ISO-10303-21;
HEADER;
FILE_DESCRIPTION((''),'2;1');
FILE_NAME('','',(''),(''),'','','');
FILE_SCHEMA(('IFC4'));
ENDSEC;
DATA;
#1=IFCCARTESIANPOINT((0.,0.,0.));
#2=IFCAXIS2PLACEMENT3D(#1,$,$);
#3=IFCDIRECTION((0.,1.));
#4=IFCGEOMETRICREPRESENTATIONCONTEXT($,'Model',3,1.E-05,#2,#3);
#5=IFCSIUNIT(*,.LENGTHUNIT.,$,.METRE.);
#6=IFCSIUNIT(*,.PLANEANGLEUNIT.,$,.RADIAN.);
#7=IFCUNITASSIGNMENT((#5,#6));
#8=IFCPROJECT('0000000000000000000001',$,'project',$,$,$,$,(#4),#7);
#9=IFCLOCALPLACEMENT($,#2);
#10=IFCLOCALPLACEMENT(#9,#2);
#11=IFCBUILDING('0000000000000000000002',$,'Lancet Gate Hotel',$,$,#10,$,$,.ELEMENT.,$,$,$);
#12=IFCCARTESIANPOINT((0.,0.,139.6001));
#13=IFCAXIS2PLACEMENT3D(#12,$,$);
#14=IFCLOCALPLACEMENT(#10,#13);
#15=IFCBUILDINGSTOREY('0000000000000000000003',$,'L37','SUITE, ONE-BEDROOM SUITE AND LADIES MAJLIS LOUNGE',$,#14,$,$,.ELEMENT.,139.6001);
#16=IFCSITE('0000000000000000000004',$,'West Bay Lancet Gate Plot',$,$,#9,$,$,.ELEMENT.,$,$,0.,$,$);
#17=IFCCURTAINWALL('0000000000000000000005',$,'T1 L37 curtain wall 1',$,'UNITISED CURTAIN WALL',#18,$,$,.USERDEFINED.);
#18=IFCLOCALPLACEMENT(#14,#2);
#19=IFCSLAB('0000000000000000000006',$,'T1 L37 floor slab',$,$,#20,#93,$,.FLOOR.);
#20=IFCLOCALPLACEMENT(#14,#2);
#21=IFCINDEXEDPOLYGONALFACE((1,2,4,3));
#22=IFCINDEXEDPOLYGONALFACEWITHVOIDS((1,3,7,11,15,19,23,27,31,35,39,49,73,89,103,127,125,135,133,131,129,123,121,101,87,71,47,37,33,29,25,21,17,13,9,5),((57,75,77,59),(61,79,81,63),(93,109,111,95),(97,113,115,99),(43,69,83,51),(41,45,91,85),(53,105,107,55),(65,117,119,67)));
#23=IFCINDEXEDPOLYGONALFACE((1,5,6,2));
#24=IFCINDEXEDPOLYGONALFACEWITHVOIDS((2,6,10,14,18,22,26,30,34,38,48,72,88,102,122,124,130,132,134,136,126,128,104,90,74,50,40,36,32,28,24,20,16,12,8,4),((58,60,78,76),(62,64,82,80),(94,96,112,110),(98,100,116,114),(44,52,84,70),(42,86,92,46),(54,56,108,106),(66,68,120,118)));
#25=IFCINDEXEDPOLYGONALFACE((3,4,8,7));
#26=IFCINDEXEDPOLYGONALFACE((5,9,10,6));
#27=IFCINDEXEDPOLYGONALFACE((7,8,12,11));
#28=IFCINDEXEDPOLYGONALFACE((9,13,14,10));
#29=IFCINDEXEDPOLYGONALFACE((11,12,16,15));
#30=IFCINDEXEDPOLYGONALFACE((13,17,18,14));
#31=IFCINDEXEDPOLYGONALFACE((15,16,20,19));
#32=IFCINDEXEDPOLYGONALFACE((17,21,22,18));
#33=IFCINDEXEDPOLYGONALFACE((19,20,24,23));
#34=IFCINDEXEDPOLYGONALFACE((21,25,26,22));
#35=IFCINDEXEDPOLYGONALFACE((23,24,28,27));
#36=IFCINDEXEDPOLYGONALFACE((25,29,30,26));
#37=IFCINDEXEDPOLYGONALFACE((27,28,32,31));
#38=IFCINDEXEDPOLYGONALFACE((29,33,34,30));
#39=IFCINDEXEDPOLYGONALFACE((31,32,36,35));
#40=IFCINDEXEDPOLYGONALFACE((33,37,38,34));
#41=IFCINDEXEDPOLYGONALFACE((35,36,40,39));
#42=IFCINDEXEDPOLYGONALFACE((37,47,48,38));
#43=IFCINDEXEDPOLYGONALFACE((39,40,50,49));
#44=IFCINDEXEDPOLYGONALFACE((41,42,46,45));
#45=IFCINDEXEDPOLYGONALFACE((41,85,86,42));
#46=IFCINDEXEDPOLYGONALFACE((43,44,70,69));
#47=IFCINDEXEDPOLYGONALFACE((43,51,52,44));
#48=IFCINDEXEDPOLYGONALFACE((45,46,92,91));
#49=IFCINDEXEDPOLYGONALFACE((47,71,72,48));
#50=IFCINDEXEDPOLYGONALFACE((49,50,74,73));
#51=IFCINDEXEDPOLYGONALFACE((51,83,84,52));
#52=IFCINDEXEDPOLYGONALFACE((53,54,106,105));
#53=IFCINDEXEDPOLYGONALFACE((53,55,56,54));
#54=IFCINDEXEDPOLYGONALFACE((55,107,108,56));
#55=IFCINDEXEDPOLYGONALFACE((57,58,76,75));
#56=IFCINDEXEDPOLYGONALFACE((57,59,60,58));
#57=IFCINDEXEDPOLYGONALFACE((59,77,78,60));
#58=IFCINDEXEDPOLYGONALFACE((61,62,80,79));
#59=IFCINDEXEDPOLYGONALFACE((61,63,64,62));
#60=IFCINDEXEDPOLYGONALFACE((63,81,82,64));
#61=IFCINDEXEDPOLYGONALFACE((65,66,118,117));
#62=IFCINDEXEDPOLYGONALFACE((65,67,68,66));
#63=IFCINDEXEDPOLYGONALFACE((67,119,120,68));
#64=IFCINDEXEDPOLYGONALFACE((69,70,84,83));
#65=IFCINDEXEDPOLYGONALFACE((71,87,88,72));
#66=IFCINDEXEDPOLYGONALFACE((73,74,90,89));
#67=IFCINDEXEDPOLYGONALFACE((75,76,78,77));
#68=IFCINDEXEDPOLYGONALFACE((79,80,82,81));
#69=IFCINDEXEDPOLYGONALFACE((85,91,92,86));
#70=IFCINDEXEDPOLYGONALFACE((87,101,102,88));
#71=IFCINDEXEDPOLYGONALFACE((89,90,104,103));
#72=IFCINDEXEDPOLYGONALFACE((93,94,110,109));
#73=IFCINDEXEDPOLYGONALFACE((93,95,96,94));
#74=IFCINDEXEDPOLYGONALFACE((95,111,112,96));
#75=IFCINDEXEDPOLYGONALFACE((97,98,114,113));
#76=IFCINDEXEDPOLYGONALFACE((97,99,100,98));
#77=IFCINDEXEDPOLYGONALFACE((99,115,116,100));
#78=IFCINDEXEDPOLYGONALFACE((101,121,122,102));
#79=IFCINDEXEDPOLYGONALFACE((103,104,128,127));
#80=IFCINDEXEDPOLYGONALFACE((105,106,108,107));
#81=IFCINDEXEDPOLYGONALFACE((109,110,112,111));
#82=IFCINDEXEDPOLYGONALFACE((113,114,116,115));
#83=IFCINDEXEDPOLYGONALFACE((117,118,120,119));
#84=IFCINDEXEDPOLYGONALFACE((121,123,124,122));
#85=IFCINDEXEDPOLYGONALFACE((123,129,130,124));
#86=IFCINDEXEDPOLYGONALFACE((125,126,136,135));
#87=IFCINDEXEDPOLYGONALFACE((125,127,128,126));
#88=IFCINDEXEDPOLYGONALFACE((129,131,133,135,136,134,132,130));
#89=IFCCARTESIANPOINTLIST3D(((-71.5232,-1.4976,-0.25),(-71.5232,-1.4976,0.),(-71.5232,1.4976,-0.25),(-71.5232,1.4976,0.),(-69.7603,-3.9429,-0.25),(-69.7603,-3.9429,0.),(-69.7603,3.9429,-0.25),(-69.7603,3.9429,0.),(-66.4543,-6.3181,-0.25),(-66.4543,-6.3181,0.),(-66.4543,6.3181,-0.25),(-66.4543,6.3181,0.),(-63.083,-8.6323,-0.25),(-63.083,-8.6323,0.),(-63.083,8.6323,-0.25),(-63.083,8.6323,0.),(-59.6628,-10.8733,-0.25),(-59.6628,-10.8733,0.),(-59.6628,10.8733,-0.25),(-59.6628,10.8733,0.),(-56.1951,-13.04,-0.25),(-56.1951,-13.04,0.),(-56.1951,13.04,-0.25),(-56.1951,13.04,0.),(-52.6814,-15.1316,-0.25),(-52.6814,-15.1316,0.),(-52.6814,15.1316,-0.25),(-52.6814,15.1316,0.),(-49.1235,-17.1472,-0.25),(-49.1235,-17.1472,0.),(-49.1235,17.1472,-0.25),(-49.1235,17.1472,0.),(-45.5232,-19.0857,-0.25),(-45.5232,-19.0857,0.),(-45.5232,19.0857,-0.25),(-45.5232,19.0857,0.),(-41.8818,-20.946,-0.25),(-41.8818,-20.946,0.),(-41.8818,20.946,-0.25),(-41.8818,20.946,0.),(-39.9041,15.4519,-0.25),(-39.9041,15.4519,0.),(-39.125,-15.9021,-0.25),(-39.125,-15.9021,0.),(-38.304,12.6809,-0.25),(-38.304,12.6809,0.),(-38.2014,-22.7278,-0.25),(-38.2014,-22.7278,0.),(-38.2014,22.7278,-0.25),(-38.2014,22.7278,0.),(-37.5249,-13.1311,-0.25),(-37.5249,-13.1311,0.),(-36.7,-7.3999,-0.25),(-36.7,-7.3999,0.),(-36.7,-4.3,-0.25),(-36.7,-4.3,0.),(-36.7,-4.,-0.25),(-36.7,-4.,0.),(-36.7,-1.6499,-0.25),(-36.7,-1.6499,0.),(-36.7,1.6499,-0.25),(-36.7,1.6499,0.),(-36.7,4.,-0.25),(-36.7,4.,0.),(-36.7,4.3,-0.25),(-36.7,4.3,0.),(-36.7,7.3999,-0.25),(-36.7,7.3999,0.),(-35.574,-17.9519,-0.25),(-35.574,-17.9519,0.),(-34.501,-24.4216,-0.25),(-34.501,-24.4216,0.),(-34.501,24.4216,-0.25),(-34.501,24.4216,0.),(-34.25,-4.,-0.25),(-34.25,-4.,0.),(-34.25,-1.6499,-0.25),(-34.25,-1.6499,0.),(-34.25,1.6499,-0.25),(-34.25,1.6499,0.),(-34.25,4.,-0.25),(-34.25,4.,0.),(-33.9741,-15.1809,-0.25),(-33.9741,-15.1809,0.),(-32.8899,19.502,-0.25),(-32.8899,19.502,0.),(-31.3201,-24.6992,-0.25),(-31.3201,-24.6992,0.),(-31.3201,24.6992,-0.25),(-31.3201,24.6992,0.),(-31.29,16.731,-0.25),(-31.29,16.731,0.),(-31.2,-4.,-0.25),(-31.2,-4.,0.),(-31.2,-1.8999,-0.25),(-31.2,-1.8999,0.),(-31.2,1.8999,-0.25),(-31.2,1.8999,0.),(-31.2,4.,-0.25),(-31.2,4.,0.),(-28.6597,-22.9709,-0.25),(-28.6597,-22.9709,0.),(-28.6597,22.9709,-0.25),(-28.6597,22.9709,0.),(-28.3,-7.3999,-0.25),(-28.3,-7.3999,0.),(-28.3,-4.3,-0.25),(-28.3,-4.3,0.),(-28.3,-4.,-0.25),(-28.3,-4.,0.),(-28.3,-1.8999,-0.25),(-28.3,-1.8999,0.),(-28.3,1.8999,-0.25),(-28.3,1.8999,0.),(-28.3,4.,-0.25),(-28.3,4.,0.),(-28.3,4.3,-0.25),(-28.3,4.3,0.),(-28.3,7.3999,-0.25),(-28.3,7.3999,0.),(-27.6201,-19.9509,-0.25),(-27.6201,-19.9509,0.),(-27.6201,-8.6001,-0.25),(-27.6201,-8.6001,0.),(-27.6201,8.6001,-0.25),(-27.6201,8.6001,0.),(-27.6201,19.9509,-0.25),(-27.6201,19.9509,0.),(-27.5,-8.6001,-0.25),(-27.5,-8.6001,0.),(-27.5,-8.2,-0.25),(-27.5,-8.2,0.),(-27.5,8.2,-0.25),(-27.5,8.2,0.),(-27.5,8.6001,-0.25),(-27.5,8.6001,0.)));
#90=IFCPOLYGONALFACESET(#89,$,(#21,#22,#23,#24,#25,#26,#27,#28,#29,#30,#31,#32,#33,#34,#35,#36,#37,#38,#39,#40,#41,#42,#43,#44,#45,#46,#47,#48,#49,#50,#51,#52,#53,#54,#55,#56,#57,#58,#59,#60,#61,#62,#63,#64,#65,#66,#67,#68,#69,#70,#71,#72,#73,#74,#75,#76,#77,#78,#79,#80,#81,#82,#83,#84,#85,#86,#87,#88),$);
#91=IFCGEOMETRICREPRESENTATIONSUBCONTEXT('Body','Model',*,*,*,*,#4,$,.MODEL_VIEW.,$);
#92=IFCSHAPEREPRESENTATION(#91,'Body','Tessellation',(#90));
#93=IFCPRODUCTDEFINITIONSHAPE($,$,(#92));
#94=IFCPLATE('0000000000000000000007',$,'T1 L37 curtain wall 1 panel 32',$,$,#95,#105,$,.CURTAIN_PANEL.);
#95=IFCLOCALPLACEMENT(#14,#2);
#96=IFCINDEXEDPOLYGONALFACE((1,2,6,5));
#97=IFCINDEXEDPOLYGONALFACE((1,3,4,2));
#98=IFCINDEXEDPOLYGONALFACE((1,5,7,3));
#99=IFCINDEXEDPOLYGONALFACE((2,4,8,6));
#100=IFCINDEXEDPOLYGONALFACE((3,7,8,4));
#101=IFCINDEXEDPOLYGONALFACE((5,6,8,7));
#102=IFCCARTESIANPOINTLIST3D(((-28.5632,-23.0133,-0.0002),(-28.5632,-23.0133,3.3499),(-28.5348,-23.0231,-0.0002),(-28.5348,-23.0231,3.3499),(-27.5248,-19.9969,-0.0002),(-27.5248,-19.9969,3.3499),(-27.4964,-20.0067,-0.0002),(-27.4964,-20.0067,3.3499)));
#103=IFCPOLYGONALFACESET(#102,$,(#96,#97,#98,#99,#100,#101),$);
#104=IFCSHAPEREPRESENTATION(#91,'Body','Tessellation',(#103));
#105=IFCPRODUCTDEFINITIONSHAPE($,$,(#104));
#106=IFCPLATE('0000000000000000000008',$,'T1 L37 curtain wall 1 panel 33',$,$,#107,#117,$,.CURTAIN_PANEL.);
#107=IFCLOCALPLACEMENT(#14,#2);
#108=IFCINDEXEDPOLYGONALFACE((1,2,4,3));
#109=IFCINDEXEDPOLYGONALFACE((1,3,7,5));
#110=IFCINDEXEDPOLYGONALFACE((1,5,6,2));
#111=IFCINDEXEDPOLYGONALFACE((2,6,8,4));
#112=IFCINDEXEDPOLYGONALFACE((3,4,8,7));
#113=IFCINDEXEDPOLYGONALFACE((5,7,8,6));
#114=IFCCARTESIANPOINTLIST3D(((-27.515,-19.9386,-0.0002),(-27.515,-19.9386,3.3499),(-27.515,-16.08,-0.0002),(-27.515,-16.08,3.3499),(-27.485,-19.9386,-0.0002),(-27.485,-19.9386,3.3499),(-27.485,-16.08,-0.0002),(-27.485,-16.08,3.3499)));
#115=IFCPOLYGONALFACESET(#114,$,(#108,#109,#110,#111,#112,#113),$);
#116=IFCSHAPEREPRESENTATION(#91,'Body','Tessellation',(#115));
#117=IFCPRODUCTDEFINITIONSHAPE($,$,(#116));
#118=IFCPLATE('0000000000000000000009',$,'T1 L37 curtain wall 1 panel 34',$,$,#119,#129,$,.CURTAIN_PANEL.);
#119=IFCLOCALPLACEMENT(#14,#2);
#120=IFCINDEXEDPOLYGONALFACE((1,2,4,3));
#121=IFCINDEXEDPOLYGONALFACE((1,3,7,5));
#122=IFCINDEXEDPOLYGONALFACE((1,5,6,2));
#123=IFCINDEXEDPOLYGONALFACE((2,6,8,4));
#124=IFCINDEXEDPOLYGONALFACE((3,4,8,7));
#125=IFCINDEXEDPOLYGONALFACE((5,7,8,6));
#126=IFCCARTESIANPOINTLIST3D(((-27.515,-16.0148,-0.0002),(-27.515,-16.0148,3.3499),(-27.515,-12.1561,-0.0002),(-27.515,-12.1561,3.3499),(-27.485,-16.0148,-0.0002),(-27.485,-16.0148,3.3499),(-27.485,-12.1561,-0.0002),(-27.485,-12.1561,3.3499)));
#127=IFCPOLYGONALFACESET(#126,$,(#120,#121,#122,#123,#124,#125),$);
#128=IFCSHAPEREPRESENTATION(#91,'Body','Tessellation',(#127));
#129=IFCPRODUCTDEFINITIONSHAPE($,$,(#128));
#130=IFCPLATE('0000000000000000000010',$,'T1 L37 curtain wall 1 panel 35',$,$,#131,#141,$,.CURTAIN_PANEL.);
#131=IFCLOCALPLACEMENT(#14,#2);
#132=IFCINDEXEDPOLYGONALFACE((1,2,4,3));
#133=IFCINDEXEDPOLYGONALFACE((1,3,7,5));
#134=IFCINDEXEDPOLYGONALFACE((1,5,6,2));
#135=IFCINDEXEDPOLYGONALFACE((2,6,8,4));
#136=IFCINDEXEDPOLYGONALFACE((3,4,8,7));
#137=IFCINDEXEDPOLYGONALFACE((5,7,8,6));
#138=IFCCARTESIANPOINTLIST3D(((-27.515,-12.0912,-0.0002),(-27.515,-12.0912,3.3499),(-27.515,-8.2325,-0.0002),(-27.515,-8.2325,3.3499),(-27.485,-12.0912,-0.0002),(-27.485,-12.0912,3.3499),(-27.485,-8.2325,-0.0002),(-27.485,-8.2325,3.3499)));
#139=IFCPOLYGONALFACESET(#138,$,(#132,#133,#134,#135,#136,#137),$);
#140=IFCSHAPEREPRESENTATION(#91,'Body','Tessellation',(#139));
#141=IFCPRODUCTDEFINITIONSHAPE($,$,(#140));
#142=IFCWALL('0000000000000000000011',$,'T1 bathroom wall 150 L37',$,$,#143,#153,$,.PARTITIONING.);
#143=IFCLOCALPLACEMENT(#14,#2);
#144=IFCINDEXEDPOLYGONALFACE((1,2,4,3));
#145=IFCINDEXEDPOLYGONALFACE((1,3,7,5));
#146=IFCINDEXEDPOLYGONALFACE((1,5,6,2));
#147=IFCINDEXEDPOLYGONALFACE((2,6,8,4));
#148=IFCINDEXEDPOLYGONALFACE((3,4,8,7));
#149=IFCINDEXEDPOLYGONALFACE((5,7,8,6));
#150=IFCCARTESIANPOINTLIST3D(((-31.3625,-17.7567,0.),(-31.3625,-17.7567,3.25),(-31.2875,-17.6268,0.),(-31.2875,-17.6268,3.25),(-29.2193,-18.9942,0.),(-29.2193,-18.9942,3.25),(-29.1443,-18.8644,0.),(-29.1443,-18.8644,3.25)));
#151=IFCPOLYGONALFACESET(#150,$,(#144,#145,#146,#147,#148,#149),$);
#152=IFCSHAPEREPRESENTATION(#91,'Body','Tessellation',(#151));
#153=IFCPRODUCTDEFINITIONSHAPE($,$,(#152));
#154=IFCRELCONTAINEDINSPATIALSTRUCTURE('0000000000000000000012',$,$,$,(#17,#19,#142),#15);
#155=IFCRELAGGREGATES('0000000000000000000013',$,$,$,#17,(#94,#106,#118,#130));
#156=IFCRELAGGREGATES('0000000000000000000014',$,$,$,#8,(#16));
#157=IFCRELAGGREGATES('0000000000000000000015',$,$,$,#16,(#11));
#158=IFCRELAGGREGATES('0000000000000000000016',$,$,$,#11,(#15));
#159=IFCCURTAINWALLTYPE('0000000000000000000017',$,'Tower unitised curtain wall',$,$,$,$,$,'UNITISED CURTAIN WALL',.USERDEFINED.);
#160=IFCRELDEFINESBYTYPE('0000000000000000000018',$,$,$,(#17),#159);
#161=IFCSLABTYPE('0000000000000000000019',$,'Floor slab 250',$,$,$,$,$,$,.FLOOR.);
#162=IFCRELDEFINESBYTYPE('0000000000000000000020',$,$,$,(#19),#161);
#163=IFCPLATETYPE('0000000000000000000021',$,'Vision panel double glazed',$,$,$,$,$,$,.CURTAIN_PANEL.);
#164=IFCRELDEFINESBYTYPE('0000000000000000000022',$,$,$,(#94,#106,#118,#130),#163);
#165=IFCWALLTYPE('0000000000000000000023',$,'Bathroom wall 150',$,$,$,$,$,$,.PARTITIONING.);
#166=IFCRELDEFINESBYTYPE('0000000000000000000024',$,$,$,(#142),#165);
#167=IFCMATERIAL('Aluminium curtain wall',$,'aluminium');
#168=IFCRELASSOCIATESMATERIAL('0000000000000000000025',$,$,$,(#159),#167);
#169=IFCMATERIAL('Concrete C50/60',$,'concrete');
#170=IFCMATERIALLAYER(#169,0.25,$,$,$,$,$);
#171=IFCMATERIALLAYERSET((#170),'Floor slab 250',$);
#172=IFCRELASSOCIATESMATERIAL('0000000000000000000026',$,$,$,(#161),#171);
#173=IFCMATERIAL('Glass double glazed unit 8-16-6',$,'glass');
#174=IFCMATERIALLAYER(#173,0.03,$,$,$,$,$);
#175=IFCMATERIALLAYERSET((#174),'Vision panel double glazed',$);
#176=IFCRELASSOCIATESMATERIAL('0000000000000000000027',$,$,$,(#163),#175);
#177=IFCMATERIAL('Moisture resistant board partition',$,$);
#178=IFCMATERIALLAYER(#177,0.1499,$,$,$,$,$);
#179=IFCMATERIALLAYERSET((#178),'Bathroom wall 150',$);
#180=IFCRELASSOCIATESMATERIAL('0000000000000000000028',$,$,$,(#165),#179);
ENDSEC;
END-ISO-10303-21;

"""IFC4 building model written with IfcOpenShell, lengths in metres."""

from ifc_helpers import new_model, si_unit, direction, frame, frame_2d, origin, origin_2d, place, context, subcontext, project, spatial, polyline, rectangle, outline, extrude, material, layer, layer_set, type_object, element, aggregate, save


model = new_model("IFC4")

# Units and contexts
model_context = context("Model", 3, precision=1e-05, world=origin(), true_north=direction((0.0, 1.0)))
body_context = subcontext(model_context, "Body", "Model", "MODEL_VIEW")
ifc_project = project(units=[si_unit("LENGTHUNIT", "METRE"), si_unit("PLANEANGLEUNIT", "RADIAN")], contexts=[model_context])

# Site, building, storey
site_placement = place(None, origin())
site = spatial("IfcSite", under=ifc_project, at=site_placement, Name="West Bay Lancet Gate Plot", CompositionType="ELEMENT", RefElevation=0.0)
building_placement = place(site_placement, origin())
building = spatial("IfcBuilding", under=site, at=building_placement, Name="Lancet Gate Hotel", CompositionType="ELEMENT")
storey_placement = place(building_placement, frame((0.0, 0.0, 139.6001)))
storey = spatial("IfcBuildingStorey", under=building, at=storey_placement, Name="L37", Description="SUITE, ONE-BEDROOM SUITE AND LADIES MAJLIS LOUNGE", CompositionType="ELEMENT", Elevation=139.6001)

# Curtain wall
ifc_material_1 = material(Name="Aluminium curtain wall", Category="aluminium")
curtain_wall_type = type_object("IfcCurtainWallType", Name="Tower unitised curtain wall", ElementType="UNITISED CURTAIN WALL", PredefinedType="USERDEFINED", material=ifc_material_1)
curtain_wall_placement = place(storey_placement, origin())
curtain_wall = element("IfcCurtainWall", 1, at=curtain_wall_placement, inside=storey, type_object=curtain_wall_type, Name="T1 L37 curtain wall 1", ObjectType="UNITISED CURTAIN WALL", PredefinedType="USERDEFINED")

# Slab
ifc_material_2 = material(Name="Concrete C50/60", Category="concrete")
ifc_layer_1 = layer(ifc_material_2, 0.25)
ifc_layer_set_1 = layer_set([ifc_layer_1], Name="Floor slab 250")
slab_type = type_object("IfcSlabType", Name="Floor slab 250", PredefinedType="FLOOR", material=ifc_layer_set_1)
slab_placement = place(storey_placement, frame((0.0, 0.0, -0.25)))
element("IfcSlab", 2, at=slab_placement, inside=storey, type_object=slab_type, Name="T1 L37 floor slab", PredefinedType="FLOOR", context=body_context, shape_type="SweptSolid", body=[
    extrude(outline(polyline([(-27.5, 8.6001), (-27.6201, 8.6001), (-27.6201, 19.9509), (-28.6597, 22.9709), (-31.3201, 24.6992), (-34.501, 24.4216), (-38.2014, 22.7278), (-41.8818, 20.946), (-45.5232, 19.0857), (-49.1235, 17.1472), (-52.6814, 15.1316), (-56.1951, 13.04), (-59.6628, 10.8733), (-63.083, 8.6323), (-66.4543, 6.3181), (-69.7603, 3.9429), (-71.5232, 1.4976), (-71.5232, -1.4976), (-69.7603, -3.9429), (-66.4543, -6.3181), (-63.083, -8.6323), (-59.6628, -10.8733), (-56.1951, -13.04), (-52.6814, -15.1316), (-49.1235, -17.1472), (-45.5232, -19.0857), (-41.8818, -20.946), (-38.2014, -22.7278), (-34.501, -24.4216), (-31.3201, -24.6992), (-28.6597, -22.9709), (-27.6201, -19.9509), (-27.6201, -8.6001), (-27.5, -8.6001), (-27.5, -8.2), (-27.5, 8.2), (-27.5, 8.6001)]), holes=[polyline([(-36.7, 7.3999), (-36.7, 4.3), (-28.3, 4.3), (-28.3, 7.3999), (-36.7, 7.3999)]), polyline([(-28.3, 4.0), (-31.2, 4.0), (-31.2, 1.8999), (-28.3, 1.8999), (-28.3, 4.0)]), polyline([(-34.25, 4.0), (-36.7, 4.0), (-36.7, 1.6499), (-34.25, 1.6499), (-34.25, 4.0)]), polyline([(-36.7, -1.6499), (-36.7, -4.0), (-34.25, -4.0), (-34.25, -1.6499), (-36.7, -1.6499)]), polyline([(-28.3, -1.8999), (-31.2, -1.8999), (-31.2, -4.0), (-28.3, -4.0), (-28.3, -1.8999)]), polyline([(-28.3, -4.3), (-36.7, -4.3), (-36.7, -7.3999), (-28.3, -7.3999), (-28.3, -4.3)]), polyline([(-31.29, 16.731), (-32.8899, 19.502), (-39.9041, 15.4519), (-38.304, 12.6809), (-31.29, 16.731)]), polyline([(-33.9741, -15.1809), (-37.5249, -13.1311), (-39.125, -15.9021), (-35.574, -17.9519), (-33.9741, -15.1809)])]), origin(), (0.0, 0.0, 1.0), 0.25),
])

# Plates
ifc_material_3 = material(Name="Glass double glazed unit 8-16-6", Category="glass")
ifc_layer_2 = layer(ifc_material_3, 0.03)
ifc_layer_set_2 = layer_set([ifc_layer_2], Name="Vision panel double glazed")
plate_type = type_object("IfcPlateType", Name="Vision panel double glazed", PredefinedType="CURTAIN_PANEL", material=ifc_layer_set_2)
plate_1_placement = place(storey_placement, frame((-28.0298, -21.51, -0.0002), z_axis=(0.0, 0.0, 1.0), x_axis=(0.325516, 0.945537, 0.0)))
plate_1 = element("IfcPlate", 3, at=plate_1_placement, type_object=plate_type, Name="T1 L37 curtain wall 1 panel 32", PredefinedType="CURTAIN_PANEL", context=body_context, shape_type="SweptSolid", body=[
    extrude(rectangle(XDim=3.1902, YDim=0.03, at=origin_2d()), origin(), (0.0, 0.0, 1.0), 3.3501),
])
plate_2_placement = place(storey_placement, frame((-27.5, -18.0093, -0.0002), z_axis=(0.0, 0.0, 1.0), x_axis=(0.0, 1.0, 0.0)))
plate_2 = element("IfcPlate", 4, at=plate_2_placement, type_object=plate_type, Name="T1 L37 curtain wall 1 panel 33", PredefinedType="CURTAIN_PANEL", context=body_context, shape_type="SweptSolid", body=[
    extrude(rectangle(XDim=3.8586, YDim=0.03, at=origin_2d()), origin(), (0.0, 0.0, 1.0), 3.3501),
])
plate_3_placement = place(storey_placement, frame((-27.5, -14.0854, -0.0002), z_axis=(0.0, 0.0, 1.0), x_axis=(0.0, 1.0, 0.0)))
plate_3 = element("IfcPlate", 5, at=plate_3_placement, type_object=plate_type, Name="T1 L37 curtain wall 1 panel 34", PredefinedType="CURTAIN_PANEL", context=body_context, shape_type="SweptSolid", body=[
    extrude(rectangle(XDim=3.8586, YDim=0.03, at=origin_2d()), origin(), (0.0, 0.0, 1.0), 3.3501),
])
plate_4_placement = place(storey_placement, frame((-27.5, -10.1619, -0.0002), z_axis=(0.0, 0.0, 1.0), x_axis=(0.0, 1.0, 0.0)))
plate_4 = element("IfcPlate", 6, at=plate_4_placement, type_object=plate_type, Name="T1 L37 curtain wall 1 panel 35", PredefinedType="CURTAIN_PANEL", context=body_context, shape_type="SweptSolid", body=[
    extrude(rectangle(XDim=3.8586, YDim=0.03, at=origin_2d()), origin(), (0.0, 0.0, 1.0), 3.3501),
])
aggregate(curtain_wall, [plate_1, plate_2, plate_3, plate_4])

# Wall
ifc_material_4 = material(Name="Moisture resistant board partition")
ifc_layer_3 = layer(ifc_material_4, 0.1499)
ifc_layer_set_3 = layer_set([ifc_layer_3], Name="Bathroom wall 150")
wall_type_1 = type_object("IfcWallType", Name="Bathroom wall 150", PredefinedType="PARTITIONING", material=ifc_layer_set_3)
wall_1_placement = place(storey_placement, frame((-29.1819, -18.9292, 0.0), z_axis=(0.0, 0.0, 1.0), x_axis=(-0.866007, 0.500033, 0.0)))
element("IfcWall", 7, at=wall_1_placement, inside=storey, type_object=wall_type_1, Name="T1 bathroom wall 150 L37", PredefinedType="PARTITIONING", context=body_context, shape_type="SweptSolid", body=[
    extrude(rectangle(XDim=2.4749, YDim=0.1499, at=frame_2d((1.2373, 0.0))), origin(), (0.0, 0.0, 1.0), 3.25),
])

save(model, "model.ifc")
